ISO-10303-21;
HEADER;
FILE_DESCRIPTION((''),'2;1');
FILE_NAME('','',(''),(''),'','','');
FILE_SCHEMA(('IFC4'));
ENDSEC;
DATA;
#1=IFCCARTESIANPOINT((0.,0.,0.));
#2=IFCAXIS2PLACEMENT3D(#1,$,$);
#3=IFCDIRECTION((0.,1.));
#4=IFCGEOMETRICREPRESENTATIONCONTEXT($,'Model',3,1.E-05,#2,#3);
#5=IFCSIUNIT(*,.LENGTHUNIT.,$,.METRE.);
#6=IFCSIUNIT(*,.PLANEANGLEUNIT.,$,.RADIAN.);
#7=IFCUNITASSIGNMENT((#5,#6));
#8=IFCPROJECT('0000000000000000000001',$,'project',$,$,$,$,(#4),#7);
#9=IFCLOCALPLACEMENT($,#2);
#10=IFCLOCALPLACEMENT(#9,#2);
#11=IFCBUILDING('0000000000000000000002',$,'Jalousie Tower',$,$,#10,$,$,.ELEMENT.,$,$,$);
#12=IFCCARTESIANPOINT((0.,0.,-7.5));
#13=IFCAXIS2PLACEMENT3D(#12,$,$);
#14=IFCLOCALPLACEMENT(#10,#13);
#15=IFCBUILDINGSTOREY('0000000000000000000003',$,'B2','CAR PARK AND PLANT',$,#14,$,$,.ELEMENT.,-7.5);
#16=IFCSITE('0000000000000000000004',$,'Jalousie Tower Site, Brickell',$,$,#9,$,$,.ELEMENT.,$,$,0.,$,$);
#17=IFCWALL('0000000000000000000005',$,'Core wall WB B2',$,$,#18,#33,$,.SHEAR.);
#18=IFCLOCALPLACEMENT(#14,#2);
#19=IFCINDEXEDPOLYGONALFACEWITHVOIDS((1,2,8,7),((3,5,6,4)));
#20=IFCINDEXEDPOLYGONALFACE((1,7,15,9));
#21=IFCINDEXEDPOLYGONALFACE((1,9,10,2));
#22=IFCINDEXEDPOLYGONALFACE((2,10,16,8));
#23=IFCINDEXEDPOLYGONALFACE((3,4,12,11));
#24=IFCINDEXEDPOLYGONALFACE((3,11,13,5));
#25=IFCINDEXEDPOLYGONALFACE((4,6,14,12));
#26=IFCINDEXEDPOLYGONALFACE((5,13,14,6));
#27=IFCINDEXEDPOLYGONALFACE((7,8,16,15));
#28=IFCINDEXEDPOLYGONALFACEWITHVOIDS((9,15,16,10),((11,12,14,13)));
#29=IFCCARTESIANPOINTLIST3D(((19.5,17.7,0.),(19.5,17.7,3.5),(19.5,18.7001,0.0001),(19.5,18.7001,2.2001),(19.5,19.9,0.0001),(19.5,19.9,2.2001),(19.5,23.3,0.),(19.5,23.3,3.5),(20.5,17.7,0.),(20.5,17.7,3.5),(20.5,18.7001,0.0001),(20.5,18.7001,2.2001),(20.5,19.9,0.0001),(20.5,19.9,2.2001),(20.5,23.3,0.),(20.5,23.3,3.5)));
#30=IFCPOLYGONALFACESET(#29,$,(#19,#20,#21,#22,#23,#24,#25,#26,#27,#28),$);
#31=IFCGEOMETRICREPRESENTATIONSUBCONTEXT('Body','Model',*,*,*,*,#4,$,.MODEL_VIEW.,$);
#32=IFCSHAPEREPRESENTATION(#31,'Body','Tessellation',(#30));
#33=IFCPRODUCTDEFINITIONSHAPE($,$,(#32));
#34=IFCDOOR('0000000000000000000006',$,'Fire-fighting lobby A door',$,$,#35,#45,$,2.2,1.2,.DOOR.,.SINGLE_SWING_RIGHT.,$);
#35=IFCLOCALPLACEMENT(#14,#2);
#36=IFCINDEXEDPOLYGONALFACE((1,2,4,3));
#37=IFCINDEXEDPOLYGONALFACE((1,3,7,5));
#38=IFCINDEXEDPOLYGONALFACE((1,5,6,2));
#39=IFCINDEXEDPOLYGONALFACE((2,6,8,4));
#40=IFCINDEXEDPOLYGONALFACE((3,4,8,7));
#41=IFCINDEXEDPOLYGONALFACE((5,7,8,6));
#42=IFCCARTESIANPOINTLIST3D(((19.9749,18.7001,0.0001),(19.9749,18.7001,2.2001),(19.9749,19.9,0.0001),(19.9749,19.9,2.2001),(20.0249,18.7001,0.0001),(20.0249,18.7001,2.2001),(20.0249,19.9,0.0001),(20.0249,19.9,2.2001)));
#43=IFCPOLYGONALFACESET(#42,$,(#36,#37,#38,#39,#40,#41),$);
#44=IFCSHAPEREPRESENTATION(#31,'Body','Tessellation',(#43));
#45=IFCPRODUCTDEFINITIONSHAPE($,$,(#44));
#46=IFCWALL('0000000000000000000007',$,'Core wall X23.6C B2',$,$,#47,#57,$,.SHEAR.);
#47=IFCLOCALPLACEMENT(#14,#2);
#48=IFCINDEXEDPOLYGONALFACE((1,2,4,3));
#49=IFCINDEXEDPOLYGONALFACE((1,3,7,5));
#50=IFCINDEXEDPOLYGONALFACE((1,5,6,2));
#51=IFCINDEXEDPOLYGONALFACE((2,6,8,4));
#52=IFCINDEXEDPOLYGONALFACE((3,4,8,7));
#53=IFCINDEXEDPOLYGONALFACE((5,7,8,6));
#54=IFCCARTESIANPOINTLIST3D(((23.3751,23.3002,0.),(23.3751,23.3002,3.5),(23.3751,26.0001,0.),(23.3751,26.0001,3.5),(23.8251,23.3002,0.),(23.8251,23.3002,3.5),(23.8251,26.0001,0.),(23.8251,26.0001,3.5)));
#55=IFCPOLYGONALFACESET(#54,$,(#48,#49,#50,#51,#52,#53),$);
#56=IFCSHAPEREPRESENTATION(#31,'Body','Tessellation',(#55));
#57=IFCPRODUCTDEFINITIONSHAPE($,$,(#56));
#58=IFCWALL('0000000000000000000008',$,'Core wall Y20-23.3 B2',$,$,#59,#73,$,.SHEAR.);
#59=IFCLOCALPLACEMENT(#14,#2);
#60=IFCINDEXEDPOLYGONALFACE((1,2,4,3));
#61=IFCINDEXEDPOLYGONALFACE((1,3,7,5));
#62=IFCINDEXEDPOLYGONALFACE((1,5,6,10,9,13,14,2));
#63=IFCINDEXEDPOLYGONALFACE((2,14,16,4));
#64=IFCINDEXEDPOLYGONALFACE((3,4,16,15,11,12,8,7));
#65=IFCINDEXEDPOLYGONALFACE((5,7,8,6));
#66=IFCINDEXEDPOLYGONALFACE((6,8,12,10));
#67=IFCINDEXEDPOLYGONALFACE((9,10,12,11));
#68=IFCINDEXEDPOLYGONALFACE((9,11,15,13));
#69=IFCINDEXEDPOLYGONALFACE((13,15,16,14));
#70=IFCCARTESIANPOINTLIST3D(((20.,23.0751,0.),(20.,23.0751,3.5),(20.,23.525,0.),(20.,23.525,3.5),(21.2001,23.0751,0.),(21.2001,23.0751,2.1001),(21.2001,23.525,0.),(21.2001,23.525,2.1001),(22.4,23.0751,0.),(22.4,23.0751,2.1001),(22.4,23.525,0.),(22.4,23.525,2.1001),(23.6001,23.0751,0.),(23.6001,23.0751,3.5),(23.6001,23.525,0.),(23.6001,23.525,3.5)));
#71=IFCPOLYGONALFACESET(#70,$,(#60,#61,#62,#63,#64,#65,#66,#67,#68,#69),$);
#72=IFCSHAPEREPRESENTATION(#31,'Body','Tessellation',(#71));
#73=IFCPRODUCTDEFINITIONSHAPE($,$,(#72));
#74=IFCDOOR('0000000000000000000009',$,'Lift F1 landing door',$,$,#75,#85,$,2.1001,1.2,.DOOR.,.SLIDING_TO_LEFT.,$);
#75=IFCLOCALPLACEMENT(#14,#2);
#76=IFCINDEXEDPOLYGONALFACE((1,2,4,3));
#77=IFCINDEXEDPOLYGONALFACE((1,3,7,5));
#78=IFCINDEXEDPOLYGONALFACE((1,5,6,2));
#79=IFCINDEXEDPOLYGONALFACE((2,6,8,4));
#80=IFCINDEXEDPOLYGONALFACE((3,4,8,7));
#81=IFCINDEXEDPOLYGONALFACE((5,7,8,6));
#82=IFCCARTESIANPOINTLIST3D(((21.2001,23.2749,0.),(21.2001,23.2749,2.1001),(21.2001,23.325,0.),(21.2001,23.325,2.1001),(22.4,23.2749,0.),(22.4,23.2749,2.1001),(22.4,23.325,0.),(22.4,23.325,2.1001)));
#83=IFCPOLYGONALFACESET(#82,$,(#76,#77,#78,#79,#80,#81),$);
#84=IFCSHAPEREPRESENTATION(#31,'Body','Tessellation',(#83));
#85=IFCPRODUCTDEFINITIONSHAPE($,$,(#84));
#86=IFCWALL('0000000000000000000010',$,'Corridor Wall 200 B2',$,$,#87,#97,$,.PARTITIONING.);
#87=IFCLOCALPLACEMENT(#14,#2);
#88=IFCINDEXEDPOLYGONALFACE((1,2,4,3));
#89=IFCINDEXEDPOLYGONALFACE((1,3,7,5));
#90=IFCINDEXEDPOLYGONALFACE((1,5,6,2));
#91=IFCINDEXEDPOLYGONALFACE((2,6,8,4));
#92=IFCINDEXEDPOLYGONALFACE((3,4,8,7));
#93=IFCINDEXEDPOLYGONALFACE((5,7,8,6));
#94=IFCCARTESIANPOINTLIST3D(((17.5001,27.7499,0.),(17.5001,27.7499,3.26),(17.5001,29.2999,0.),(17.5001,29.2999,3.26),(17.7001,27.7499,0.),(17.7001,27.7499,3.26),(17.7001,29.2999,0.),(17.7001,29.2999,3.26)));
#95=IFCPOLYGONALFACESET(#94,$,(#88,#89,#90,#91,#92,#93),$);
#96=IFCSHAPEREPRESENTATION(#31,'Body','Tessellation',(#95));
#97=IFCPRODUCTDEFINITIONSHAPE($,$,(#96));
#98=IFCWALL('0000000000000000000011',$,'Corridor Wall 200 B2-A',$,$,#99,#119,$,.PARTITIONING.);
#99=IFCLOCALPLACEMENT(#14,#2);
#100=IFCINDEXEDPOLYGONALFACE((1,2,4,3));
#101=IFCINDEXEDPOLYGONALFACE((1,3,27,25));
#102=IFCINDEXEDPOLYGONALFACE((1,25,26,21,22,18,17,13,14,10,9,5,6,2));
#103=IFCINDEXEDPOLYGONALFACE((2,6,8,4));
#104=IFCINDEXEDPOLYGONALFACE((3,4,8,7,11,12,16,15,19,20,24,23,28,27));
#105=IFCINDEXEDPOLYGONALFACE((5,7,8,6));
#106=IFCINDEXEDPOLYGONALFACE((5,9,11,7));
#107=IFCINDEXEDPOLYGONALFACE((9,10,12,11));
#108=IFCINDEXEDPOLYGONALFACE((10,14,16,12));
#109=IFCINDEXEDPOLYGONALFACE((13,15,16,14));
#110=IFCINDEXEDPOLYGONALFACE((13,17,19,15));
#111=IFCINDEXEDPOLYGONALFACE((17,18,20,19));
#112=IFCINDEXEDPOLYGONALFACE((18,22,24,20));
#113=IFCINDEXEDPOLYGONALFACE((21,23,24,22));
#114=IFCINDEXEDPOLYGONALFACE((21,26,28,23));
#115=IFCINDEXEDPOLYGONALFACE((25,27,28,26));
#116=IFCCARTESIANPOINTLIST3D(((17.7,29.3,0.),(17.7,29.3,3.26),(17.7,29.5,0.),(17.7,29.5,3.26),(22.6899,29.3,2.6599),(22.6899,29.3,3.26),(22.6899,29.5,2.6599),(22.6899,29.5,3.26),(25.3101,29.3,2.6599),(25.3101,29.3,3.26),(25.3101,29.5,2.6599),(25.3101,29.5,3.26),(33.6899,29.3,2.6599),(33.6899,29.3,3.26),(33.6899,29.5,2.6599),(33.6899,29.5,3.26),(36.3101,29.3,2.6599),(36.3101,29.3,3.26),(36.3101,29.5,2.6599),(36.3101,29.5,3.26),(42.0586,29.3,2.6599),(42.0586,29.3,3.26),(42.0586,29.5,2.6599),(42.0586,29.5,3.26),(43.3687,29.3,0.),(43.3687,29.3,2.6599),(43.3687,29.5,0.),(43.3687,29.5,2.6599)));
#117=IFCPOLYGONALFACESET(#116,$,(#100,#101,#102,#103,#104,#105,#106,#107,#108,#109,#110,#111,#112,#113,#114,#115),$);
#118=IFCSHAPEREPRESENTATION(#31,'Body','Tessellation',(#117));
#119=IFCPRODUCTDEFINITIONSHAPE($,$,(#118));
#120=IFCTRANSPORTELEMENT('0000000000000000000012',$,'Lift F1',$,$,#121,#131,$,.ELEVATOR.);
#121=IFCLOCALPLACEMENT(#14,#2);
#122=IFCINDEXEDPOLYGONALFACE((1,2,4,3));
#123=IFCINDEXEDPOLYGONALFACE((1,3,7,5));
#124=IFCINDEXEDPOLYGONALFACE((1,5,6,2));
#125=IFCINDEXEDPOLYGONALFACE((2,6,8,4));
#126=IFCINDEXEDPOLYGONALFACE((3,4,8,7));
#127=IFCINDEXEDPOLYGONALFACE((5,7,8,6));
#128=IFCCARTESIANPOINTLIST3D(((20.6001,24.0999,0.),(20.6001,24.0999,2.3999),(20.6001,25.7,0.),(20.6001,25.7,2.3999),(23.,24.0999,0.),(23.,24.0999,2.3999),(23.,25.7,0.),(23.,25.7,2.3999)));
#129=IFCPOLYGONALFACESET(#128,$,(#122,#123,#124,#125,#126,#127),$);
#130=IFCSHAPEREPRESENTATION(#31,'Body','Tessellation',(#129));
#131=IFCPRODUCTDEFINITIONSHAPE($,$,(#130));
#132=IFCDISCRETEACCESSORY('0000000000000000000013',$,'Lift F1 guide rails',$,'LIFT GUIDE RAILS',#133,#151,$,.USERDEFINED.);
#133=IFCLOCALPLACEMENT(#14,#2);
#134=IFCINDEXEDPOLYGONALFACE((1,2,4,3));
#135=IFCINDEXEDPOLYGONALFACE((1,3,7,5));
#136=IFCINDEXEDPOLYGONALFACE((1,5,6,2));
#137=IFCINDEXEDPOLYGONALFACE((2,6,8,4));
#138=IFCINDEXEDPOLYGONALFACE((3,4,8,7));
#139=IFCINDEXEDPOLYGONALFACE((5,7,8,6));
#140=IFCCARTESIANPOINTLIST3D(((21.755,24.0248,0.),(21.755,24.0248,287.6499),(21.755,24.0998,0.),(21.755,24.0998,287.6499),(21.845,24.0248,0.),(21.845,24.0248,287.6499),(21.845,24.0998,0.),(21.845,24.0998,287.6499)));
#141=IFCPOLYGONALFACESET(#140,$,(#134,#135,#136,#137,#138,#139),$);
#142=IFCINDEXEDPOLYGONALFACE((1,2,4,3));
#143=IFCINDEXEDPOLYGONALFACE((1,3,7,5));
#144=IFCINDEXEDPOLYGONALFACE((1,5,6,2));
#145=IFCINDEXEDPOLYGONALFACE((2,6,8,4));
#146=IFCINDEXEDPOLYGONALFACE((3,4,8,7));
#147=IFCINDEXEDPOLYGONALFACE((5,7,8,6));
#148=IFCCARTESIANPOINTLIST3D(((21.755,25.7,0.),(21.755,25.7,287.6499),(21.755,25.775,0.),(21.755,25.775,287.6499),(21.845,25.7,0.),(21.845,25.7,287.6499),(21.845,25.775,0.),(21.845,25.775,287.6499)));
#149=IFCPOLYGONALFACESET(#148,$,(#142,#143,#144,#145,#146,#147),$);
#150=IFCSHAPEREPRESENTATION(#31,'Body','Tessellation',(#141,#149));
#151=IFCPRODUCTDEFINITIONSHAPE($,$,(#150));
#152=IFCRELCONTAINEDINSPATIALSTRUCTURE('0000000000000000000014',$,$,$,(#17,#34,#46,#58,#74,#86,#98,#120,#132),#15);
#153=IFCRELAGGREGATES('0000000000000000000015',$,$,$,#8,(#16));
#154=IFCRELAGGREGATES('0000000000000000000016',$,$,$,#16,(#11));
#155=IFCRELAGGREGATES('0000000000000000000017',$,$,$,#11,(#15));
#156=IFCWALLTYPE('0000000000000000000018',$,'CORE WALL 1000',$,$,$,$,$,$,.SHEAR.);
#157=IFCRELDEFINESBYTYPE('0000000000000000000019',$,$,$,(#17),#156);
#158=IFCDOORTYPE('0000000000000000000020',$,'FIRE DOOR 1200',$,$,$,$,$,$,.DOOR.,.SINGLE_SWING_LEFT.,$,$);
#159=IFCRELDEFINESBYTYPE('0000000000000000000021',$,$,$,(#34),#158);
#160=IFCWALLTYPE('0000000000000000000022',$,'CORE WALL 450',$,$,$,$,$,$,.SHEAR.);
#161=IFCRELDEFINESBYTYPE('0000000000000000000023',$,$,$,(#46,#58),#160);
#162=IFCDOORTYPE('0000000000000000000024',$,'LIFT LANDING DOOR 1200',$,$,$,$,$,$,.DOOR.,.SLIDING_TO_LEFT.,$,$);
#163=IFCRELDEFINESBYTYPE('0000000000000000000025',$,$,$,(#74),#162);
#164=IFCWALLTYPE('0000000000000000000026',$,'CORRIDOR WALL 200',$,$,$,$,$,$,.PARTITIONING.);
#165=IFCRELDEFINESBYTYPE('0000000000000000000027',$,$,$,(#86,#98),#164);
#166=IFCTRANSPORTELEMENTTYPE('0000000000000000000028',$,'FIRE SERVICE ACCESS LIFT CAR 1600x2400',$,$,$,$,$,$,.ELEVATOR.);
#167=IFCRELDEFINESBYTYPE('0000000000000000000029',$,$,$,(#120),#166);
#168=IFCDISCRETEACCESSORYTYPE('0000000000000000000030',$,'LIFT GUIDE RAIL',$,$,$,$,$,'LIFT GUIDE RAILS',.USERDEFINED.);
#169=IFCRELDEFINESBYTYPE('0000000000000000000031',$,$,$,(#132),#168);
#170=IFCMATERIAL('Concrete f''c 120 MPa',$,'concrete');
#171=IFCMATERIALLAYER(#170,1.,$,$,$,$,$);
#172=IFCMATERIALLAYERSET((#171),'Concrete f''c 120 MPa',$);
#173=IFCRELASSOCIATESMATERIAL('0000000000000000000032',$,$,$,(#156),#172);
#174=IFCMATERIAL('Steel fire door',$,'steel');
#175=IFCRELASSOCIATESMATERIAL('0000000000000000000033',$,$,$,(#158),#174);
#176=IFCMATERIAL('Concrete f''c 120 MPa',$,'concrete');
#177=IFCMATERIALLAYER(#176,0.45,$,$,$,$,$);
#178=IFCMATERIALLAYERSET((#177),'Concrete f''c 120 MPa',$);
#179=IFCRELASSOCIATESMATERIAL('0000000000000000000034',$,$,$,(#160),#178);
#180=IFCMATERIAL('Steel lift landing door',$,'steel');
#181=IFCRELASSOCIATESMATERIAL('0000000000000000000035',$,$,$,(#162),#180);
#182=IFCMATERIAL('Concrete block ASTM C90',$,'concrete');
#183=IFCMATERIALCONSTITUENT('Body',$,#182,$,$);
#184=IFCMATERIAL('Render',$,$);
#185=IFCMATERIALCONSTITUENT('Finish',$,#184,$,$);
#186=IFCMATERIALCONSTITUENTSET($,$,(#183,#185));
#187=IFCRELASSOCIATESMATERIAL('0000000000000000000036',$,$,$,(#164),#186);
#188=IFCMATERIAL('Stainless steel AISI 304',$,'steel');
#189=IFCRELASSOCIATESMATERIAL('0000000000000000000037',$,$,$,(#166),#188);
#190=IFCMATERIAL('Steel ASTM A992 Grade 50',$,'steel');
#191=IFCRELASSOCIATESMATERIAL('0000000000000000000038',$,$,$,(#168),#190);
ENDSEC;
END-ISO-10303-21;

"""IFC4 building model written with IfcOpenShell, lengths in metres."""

from ifc_helpers import new_model, si_unit, direction, frame, frame_2d, origin, origin_2d, place, context, subcontext, project, spatial, polyline, rectangle, outline, extrude, material, layer, layer_set, constituent, constituent_set, type_object, element, fill, save


model = new_model("IFC4")

# Units and contexts
model_context = context("Model", 3, precision=1e-05, world=origin(), true_north=direction((0.0, 1.0)))
body_context = subcontext(model_context, "Body", "Model", "MODEL_VIEW")
ifc_project = project(units=[si_unit("LENGTHUNIT", "METRE"), si_unit("PLANEANGLEUNIT", "RADIAN")], contexts=[model_context])

# Site, building, storey
site_placement = place(None, origin())
site = spatial("IfcSite", under=ifc_project, at=site_placement, Name="Jalousie Tower Site, Brickell", CompositionType="ELEMENT", RefElevation=0.0)
building_placement = place(site_placement, origin())
building = spatial("IfcBuilding", under=site, at=building_placement, Name="Jalousie Tower", CompositionType="ELEMENT")
storey_placement = place(building_placement, frame((0.0, 0.0, -7.5)))
storey = spatial("IfcBuildingStorey", under=building, at=storey_placement, Name="B2", Description="CAR PARK AND PLANT", CompositionType="ELEMENT", Elevation=-7.5)

# Shared definitions
ifc_material_1 = material(Name="Concrete f'c 120 MPa", Category="concrete")
ifc_layer_1 = layer(ifc_material_1, 1.0)
ifc_layer_set_1 = layer_set([ifc_layer_1], Name="Concrete f'c 120 MPa")
wall_type_1 = type_object("IfcWallType", Name="CORE WALL 1000", PredefinedType="SHEAR", material=ifc_layer_set_1)

# Wall, opening, door
wall_1_placement = place(storey_placement, frame((20.0, 23.3, 0.0), z_axis=(0.0, 0.0, 1.0), x_axis=(0.0, -1.0, 0.0)))
wall_1 = element("IfcWall", 1, at=wall_1_placement, inside=storey, type_object=wall_type_1, Name="Core wall WB B2", PredefinedType="SHEAR", context=body_context, shape_type="SweptSolid", body=[
    extrude(rectangle(XDim=5.6001, YDim=1.0, at=frame_2d((2.8, 0.0))), origin(), (0.0, 0.0, 1.0), 3.5),
])
opening_1_placement = place(wall_1_placement, frame((3.3999, 0.0, 0.0)))
opening_1 = element("IfcOpeningElement", 2, at=opening_1_placement, cuts=wall_1, PredefinedType="OPENING", context=body_context, shape_type="SweptSolid", body=[
    extrude(rectangle(XDim=1.2, YDim=2.2, at=frame_2d((0.6001, 1.1001))), frame((0.0, 0.51, 0.0), z_axis=(0.0, -1.0, 0.0), x_axis=(1.0, 0.0, 0.0)), (0.0, 0.0, 1.0), 1.02),
])
ifc_material_2 = material(Name="Steel fire door", Category="steel")
door_type_1 = type_object("IfcDoorType", Name="FIRE DOOR 1200", OperationType="SINGLE_SWING_LEFT", PredefinedType="DOOR", material=ifc_material_2)
door_1_placement = place(opening_1_placement, origin())
door_1 = element("IfcDoor", 3, at=door_1_placement, inside=storey, type_object=door_type_1, Name="Fire-fighting lobby A door", OperationType="SINGLE_SWING_RIGHT", OverallHeight=2.2, OverallWidth=1.2, PredefinedType="DOOR", context=body_context, shape_type="SweptSolid", body=[
    extrude(rectangle(XDim=1.2, YDim=2.2, at=frame_2d((0.6001, 1.1001))), frame((0.0, 0.0249, 0.0), z_axis=(0.0, -1.0, 0.0), x_axis=(1.0, 0.0, 0.0)), (0.0, 0.0, 1.0), 0.05),
])
fill(opening_1, door_1)

# Wall
ifc_material_3 = material(Name="Concrete f'c 120 MPa", Category="concrete")
ifc_layer_2 = layer(ifc_material_3, 0.45)
ifc_layer_set_2 = layer_set([ifc_layer_2], Name="Concrete f'c 120 MPa")
wall_type_2 = type_object("IfcWallType", Name="CORE WALL 450", PredefinedType="SHEAR", material=ifc_layer_set_2)
wall_2_placement = place(storey_placement, frame((23.6001, 23.3, 0.0), z_axis=(0.0, 0.0, 1.0), x_axis=(0.0, 1.0, 0.0)))
element("IfcWall", 4, at=wall_2_placement, inside=storey, type_object=wall_type_2, Name="Core wall X23.6C B2", PredefinedType="SHEAR", context=body_context, shape_type="SweptSolid", body=[
    extrude(rectangle(XDim=2.7, YDim=0.45, at=frame_2d((1.3501, 0.0))), origin(), (0.0, 0.0, 1.0), 3.5),
])

# Wall, opening, door
wall_3_placement = place(storey_placement, frame((20.0, 23.3, 0.0), z_axis=(0.0, 0.0, 1.0), x_axis=(1.0, 0.0, 0.0)))
wall_3 = element("IfcWall", 5, at=wall_3_placement, inside=storey, type_object=wall_type_2, Name="Core wall Y20-23.3 B2", PredefinedType="SHEAR", context=body_context, shape_type="SweptSolid", body=[
    extrude(rectangle(XDim=3.6001, YDim=0.45, at=frame_2d((1.8, 0.0))), origin(), (0.0, 0.0, 1.0), 3.5),
])
opening_2_placement = place(wall_3_placement, frame((1.2, 0.0, 0.0)))
opening_2 = element("IfcOpeningElement", 6, at=opening_2_placement, cuts=wall_3, PredefinedType="OPENING", context=body_context, shape_type="SweptSolid", body=[
    extrude(rectangle(XDim=1.2, YDim=2.1001, at=frame_2d((0.6001, 1.05))), frame((0.0, 0.2349, 0.0), z_axis=(0.0, -1.0, 0.0), x_axis=(1.0, 0.0, 0.0)), (0.0, 0.0, 1.0), 0.47),
])
ifc_material_4 = material(Name="Steel lift landing door", Category="steel")
door_type_2 = type_object("IfcDoorType", Name="LIFT LANDING DOOR 1200", OperationType="SLIDING_TO_LEFT", PredefinedType="DOOR", material=ifc_material_4)
door_2_placement = place(opening_2_placement, origin())
door_2 = element("IfcDoor", 7, at=door_2_placement, inside=storey, type_object=door_type_2, Name="Lift F1 landing door", OperationType="SLIDING_TO_LEFT", OverallHeight=2.1001, OverallWidth=1.2, PredefinedType="DOOR", context=body_context, shape_type="SweptSolid", body=[
    extrude(rectangle(XDim=1.2, YDim=2.1001, at=frame_2d((0.6001, 1.05))), frame((0.0, 0.0249, 0.0), z_axis=(0.0, -1.0, 0.0), x_axis=(1.0, 0.0, 0.0)), (0.0, 0.0, 1.0), 0.05),
])
fill(opening_2, door_2)

# Walls
ifc_material_5 = material(Name="Concrete block ASTM C90", Category="concrete")
ifc_constituent_1 = constituent(ifc_material_5, Name="Body")
ifc_material_6 = material(Name="Render")
ifc_constituent_2 = constituent(ifc_material_6, Name="Finish")
ifc_constituent_set = constituent_set(constituents=[ifc_constituent_1, ifc_constituent_2])
wall_type_3 = type_object("IfcWallType", Name="CORRIDOR WALL 200", PredefinedType="PARTITIONING", material=ifc_constituent_set)
wall_4_placement = place(storey_placement, frame((17.6001, 27.75, 0.0), z_axis=(0.0, 0.0, 1.0), x_axis=(0.0, 1.0, 0.0)))
element("IfcWall", 8, at=wall_4_placement, inside=storey, type_object=wall_type_3, Name="Corridor Wall 200 B2", PredefinedType="PARTITIONING", context=body_context, shape_type="SweptSolid", body=[
    extrude(rectangle(XDim=1.55, YDim=0.2, at=frame_2d((0.7749, 0.0))), origin(), (0.0, 0.0, 1.0), 3.26),
])
wall_5_placement = place(storey_placement, frame((17.7, 29.3999, 0.0), z_axis=(0.0, 0.0, 1.0), x_axis=(1.0, 0.0, 0.0)))
element("IfcWall", 9, at=wall_5_placement, inside=storey, type_object=wall_type_3, Name="Corridor Wall 200 B2-A", PredefinedType="PARTITIONING", context=body_context, shape_type="SweptSolid", body=[
    extrude(outline(polyline([(0.0, 0.0), (25.6687, 0.0), (25.6687, 2.6599), (24.3586, 2.6599), (24.3586, 3.26), (18.6101, 3.26), (18.6101, 2.6599), (15.99, 2.6599), (15.99, 3.26), (7.6101, 3.26), (7.6101, 2.6599), (4.99, 2.6599), (4.99, 3.26), (0.0, 3.26), (0.0, 0.0)])), frame((0.0, 0.1001, 0.0), z_axis=(0.0, -1.0, 0.0), x_axis=(1.0, 0.0, 0.0)), (0.0, 0.0, 1.0), 0.2),
])

# Transport element
ifc_material_7 = material(Name="Stainless steel AISI 304", Category="steel")
transport_element_type = type_object("IfcTransportElementType", Name="FIRE SERVICE ACCESS LIFT CAR 1600x2400", PredefinedType="ELEVATOR", material=ifc_material_7)
transport_element_placement = place(storey_placement, frame((21.8, 24.8999, 0.0), z_axis=(0.0, 0.0, 1.0), x_axis=(1.0, 0.0, 0.0)))
element("IfcTransportElement", 10, at=transport_element_placement, inside=storey, type_object=transport_element_type, Name="Lift F1", PredefinedType="ELEVATOR", context=body_context, shape_type="SweptSolid", body=[
    extrude(rectangle(XDim=2.3999, YDim=1.6001, at=origin_2d()), origin(), (0.0, 0.0, 1.0), 2.3999),
])

# Discrete accessory
ifc_material_8 = material(Name="Steel ASTM A992 Grade 50", Category="steel")
discrete_accessory_type = type_object("IfcDiscreteAccessoryType", Name="LIFT GUIDE RAIL", ElementType="LIFT GUIDE RAILS", PredefinedType="USERDEFINED", material=ifc_material_8)
discrete_accessory_placement = place(storey_placement, frame((21.8, 24.8999, 0.0), z_axis=(0.0, 0.0, 1.0), x_axis=(1.0, 0.0, 0.0)))
element("IfcDiscreteAccessory", 11, at=discrete_accessory_placement, inside=storey, type_object=discrete_accessory_type, Name="Lift F1 guide rails", ObjectType="LIFT GUIDE RAILS", PredefinedType="USERDEFINED", context=body_context, shape_type="SweptSolid", body=[
    extrude(rectangle(XDim=0.09, YDim=0.075, at=origin_2d()), frame((0.0, -0.8376, 0.0)), (0.0, 0.0, 1.0), 287.6499),
    extrude(rectangle(XDim=0.09, YDim=0.075, at=origin_2d()), frame((0.0, 0.8376, 0.0)), (0.0, 0.0, 1.0), 287.6499),
])

save(model, "model.ifc")
